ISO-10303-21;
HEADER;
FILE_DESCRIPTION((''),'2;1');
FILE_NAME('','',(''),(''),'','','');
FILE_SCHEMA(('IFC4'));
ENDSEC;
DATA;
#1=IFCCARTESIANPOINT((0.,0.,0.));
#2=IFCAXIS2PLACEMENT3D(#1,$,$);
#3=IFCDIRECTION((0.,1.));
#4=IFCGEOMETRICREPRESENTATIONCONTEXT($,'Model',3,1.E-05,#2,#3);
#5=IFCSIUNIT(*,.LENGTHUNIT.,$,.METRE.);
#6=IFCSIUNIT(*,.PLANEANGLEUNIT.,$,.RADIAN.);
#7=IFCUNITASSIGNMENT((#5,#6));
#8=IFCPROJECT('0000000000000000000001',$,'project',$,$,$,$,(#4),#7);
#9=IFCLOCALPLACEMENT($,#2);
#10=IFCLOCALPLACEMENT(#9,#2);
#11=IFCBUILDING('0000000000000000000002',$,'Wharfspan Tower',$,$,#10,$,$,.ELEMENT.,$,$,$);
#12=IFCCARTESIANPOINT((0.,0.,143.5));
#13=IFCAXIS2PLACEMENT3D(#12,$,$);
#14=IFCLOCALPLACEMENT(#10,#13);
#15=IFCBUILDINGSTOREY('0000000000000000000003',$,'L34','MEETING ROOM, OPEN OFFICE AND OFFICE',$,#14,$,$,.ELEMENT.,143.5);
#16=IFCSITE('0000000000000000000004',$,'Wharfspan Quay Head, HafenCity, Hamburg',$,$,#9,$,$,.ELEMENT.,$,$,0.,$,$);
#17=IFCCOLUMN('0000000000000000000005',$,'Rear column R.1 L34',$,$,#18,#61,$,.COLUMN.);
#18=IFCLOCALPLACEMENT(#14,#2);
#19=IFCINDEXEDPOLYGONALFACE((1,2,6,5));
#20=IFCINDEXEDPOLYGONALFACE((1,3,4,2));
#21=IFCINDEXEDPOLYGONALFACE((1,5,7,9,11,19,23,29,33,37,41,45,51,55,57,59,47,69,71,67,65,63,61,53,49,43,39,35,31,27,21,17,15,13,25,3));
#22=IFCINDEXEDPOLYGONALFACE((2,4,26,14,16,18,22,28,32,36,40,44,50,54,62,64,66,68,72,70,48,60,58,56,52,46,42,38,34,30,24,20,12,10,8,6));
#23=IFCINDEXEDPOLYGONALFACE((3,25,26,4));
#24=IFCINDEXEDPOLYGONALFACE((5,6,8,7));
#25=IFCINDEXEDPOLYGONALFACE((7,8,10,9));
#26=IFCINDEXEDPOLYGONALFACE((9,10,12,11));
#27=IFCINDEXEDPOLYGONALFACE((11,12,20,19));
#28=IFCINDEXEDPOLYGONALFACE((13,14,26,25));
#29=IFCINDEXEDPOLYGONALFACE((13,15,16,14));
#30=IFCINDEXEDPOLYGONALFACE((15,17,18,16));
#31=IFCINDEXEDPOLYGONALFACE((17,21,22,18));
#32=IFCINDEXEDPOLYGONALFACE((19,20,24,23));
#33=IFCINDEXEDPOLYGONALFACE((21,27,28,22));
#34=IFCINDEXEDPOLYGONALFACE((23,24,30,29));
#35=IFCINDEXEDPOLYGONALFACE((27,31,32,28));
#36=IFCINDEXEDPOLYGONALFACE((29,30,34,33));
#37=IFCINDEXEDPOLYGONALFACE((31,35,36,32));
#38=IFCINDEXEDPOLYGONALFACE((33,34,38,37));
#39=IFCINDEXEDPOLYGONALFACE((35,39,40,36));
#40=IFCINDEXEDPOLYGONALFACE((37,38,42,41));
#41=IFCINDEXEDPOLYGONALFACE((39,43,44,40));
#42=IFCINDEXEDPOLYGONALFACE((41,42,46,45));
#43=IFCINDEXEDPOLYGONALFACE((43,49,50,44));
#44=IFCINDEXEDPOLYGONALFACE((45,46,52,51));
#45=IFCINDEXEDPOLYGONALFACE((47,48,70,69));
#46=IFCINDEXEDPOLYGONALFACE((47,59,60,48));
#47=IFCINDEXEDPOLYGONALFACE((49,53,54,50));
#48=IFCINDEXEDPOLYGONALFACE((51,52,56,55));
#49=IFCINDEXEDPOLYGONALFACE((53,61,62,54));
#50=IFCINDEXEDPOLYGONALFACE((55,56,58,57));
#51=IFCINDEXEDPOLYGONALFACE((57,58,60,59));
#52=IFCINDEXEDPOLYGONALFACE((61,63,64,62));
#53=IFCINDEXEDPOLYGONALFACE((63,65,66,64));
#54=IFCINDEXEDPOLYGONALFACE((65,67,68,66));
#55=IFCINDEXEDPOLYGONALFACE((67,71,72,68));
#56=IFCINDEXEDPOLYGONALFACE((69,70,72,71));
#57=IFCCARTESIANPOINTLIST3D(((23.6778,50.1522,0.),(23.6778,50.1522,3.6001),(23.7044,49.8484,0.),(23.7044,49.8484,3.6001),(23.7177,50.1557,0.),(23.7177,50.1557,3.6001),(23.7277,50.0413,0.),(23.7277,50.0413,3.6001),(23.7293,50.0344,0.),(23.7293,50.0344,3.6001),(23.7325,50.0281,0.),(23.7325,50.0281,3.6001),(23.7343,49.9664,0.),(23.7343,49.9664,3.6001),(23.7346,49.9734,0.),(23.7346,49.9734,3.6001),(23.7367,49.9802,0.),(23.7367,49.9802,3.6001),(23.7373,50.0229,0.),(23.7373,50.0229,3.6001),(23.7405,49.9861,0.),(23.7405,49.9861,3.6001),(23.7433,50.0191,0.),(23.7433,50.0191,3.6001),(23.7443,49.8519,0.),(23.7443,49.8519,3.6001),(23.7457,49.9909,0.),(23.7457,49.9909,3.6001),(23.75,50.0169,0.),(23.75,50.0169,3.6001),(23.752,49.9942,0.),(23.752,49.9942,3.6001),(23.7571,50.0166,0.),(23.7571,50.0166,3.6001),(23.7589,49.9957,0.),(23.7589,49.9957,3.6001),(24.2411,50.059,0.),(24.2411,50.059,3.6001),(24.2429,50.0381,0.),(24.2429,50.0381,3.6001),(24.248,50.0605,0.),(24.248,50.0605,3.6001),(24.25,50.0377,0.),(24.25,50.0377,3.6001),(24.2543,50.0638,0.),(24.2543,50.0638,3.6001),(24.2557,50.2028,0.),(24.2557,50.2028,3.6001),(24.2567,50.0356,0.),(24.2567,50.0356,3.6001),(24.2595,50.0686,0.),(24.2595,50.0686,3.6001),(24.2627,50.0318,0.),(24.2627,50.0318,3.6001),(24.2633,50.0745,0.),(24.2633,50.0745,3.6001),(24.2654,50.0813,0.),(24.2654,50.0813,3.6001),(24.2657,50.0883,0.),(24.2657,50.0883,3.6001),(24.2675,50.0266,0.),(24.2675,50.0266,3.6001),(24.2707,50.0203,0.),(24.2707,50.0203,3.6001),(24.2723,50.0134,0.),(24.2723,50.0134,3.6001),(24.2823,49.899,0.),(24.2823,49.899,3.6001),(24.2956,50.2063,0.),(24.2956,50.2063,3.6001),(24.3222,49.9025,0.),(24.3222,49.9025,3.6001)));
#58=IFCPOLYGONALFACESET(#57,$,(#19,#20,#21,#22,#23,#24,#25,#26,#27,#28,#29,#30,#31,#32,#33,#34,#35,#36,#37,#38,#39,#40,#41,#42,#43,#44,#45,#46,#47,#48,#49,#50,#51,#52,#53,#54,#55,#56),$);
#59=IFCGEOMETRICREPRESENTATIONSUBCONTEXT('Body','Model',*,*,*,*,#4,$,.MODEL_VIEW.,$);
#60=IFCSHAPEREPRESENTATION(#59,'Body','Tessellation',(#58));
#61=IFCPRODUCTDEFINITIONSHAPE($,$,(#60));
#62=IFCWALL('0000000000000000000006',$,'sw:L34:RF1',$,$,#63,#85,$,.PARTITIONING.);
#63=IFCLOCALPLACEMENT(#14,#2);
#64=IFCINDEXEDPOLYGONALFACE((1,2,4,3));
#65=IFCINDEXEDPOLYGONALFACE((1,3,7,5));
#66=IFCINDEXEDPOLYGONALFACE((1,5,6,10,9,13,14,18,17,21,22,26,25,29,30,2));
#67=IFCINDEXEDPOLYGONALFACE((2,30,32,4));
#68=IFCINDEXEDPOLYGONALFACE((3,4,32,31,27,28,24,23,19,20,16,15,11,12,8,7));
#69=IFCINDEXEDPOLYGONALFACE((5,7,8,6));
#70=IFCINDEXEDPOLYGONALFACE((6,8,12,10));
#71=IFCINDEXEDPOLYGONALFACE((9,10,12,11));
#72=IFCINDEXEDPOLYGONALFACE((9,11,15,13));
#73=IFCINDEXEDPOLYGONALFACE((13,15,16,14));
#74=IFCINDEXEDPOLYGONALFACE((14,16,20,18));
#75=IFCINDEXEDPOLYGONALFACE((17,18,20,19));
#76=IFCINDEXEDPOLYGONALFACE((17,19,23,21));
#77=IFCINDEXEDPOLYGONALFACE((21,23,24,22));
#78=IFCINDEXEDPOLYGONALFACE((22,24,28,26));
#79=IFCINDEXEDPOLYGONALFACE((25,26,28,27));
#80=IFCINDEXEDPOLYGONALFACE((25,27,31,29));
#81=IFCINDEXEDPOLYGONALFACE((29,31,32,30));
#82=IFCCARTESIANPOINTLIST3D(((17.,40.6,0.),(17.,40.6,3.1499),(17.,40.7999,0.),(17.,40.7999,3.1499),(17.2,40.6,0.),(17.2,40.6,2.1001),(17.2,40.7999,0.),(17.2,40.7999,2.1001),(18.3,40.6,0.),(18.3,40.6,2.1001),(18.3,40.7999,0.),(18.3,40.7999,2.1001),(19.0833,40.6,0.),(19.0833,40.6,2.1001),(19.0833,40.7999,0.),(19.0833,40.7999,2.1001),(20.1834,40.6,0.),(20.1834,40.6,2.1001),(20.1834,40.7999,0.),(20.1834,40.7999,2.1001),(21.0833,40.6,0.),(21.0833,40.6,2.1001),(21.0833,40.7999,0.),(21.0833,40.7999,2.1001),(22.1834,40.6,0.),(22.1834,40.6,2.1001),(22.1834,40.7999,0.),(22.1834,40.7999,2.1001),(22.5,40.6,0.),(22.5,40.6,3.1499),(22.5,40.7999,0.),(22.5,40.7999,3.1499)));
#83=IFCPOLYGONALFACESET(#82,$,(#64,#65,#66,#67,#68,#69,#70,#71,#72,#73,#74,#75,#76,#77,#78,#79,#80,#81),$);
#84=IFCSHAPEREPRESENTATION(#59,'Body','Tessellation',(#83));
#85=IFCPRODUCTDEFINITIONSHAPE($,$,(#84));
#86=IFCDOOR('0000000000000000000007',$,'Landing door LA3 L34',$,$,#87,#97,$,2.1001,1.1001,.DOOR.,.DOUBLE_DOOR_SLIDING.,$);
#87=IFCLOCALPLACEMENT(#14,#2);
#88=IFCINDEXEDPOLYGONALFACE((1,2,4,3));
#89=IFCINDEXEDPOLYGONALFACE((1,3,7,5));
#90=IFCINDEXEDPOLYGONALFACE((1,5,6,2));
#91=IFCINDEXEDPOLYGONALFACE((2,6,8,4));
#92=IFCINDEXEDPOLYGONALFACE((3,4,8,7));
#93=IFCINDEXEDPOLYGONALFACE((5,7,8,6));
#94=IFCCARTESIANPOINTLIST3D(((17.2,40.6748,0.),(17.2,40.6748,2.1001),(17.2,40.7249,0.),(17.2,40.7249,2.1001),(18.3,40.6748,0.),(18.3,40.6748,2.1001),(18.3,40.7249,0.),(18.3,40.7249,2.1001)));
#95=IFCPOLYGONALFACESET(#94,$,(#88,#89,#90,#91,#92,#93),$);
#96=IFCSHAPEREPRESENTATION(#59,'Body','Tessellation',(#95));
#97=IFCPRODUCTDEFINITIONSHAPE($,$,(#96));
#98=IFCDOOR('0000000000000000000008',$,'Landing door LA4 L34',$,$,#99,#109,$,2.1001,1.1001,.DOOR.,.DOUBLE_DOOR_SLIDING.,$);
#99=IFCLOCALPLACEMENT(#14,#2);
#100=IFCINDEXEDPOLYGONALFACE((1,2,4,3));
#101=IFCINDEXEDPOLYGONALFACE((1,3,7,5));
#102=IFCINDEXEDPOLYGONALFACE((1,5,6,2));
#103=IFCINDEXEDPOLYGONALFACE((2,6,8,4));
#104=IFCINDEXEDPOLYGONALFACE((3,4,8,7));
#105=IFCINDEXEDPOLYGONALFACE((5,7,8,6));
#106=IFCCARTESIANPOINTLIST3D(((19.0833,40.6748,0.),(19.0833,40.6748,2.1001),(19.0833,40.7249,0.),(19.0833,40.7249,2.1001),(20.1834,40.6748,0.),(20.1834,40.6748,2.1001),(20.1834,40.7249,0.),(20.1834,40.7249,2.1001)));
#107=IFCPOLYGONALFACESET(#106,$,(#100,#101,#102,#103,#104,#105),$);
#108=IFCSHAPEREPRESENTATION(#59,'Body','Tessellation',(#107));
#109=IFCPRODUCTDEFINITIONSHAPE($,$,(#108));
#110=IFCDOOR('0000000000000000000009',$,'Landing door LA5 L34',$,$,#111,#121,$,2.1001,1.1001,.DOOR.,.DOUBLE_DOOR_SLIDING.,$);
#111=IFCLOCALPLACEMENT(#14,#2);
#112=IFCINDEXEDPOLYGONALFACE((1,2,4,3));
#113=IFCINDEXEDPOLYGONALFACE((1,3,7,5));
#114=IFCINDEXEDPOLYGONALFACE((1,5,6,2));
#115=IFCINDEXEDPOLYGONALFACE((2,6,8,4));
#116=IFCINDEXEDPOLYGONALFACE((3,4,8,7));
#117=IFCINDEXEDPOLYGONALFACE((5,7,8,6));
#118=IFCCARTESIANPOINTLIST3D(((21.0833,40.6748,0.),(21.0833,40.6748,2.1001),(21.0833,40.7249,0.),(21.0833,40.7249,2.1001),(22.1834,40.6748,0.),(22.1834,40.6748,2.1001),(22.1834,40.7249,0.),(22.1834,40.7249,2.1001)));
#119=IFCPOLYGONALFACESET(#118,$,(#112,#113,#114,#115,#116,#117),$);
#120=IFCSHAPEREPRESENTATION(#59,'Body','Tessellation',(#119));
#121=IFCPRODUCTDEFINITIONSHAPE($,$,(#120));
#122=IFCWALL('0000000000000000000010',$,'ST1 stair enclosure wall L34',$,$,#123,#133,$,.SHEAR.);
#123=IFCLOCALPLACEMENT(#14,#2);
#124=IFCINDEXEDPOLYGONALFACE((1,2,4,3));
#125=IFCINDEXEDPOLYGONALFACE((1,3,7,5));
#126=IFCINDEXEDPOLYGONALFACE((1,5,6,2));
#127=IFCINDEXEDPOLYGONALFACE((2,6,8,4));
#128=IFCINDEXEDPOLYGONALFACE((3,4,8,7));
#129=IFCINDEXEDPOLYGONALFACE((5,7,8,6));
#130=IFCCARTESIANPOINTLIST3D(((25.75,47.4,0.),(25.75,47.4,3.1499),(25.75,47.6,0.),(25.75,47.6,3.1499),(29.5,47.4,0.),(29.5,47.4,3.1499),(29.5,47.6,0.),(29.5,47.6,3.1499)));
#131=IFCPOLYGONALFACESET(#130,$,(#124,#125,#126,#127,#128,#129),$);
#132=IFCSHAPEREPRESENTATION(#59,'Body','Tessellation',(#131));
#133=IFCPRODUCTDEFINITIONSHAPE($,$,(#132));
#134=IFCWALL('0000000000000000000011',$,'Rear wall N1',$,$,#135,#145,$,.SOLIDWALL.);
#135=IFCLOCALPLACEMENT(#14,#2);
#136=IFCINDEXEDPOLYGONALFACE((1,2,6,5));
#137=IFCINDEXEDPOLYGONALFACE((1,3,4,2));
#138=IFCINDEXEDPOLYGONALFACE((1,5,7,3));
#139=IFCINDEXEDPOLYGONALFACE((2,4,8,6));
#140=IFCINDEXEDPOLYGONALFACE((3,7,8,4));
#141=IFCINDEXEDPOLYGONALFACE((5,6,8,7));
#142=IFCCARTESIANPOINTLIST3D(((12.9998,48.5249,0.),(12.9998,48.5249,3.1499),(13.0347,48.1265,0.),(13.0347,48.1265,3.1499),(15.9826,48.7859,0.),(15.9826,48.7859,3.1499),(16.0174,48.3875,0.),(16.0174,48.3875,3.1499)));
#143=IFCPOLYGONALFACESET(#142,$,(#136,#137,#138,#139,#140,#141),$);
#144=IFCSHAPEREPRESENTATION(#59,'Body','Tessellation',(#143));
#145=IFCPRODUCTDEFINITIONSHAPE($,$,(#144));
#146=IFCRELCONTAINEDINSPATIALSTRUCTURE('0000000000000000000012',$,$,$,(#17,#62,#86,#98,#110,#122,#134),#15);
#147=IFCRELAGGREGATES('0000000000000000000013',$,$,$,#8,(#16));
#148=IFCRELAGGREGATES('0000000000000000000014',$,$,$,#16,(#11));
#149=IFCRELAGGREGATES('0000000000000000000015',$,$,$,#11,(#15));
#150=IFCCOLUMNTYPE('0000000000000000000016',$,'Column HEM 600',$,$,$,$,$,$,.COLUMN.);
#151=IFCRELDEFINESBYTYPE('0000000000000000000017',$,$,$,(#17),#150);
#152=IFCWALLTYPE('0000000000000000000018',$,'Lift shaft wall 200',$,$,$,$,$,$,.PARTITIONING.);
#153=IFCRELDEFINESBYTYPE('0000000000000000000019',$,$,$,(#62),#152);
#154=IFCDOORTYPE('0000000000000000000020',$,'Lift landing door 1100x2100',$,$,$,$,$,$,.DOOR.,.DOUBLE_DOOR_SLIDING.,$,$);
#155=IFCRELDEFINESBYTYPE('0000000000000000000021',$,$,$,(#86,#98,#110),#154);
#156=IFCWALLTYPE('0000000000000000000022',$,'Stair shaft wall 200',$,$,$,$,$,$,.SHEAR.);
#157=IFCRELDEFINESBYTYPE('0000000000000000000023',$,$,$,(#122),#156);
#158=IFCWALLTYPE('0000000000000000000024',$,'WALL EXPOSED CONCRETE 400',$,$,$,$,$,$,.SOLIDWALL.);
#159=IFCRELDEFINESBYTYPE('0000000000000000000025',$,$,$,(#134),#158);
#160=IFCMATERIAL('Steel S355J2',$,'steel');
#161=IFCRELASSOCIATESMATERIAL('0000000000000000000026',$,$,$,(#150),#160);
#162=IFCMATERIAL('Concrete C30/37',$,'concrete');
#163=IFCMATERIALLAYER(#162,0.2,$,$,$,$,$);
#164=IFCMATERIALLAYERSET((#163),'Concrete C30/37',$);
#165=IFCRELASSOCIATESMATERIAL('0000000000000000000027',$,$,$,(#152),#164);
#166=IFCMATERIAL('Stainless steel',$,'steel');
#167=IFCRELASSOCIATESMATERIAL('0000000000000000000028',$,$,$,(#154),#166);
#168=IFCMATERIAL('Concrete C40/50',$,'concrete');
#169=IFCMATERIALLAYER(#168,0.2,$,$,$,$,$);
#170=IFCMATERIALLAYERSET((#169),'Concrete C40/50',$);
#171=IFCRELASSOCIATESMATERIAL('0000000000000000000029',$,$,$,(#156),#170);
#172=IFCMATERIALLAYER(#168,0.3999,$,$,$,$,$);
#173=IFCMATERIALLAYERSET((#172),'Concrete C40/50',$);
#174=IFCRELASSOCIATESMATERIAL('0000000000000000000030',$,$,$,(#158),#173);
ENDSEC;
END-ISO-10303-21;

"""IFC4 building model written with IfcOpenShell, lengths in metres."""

from ifc_helpers import new_model, si_unit, direction, frame, frame_2d, origin, origin_2d, place, context, subcontext, project, spatial, rectangle, i_section, extrude, material, layer, layer_set, material_profile, profile_set, type_object, element, fill, save


model = new_model("IFC4")

# Units and contexts
model_context = context("Model", 3, precision=1e-05, world=origin(), true_north=direction((0.0, 1.0)))
body_context = subcontext(model_context, "Body", "Model", "MODEL_VIEW")
ifc_project = project(units=[si_unit("LENGTHUNIT", "METRE"), si_unit("PLANEANGLEUNIT", "RADIAN")], contexts=[model_context])

# Site, building, storey
site_placement = place(None, origin())
site = spatial("IfcSite", under=ifc_project, at=site_placement, Name="Wharfspan Quay Head, HafenCity, Hamburg", CompositionType="ELEMENT", RefElevation=0.0)
building_placement = place(site_placement, origin())
building = spatial("IfcBuilding", under=site, at=building_placement, Name="Wharfspan Tower", CompositionType="ELEMENT")
storey_placement = place(building_placement, frame((0.0, 0.0, 143.5)))
storey = spatial("IfcBuildingStorey", under=building, at=storey_placement, Name="L34", Description="MEETING ROOM, OPEN OFFICE AND OFFICE", CompositionType="ELEMENT", Elevation=143.5)

# Column
ifc_material_1 = material(Name="Steel S355J2", Category="steel")
ifc_material_profile = material_profile(ifc_material_1, i_section(OverallWidth=0.3049, OverallDepth=0.6201, WebThickness=0.021, FlangeThickness=0.04, FilletRadius=0.0271, at=origin_2d()))
ifc_profile_set = profile_set([ifc_material_profile], Name="Steel S355J2")
column_type = type_object("IfcColumnType", Name="Column HEM 600", PredefinedType="COLUMN", material=ifc_profile_set)
column_placement = place(storey_placement, frame((24.0, 50.0273, 0.0), z_axis=(0.0, 0.0, 1.0), x_axis=(-0.087156, 0.996198, 0.0)))
element("IfcColumn", 1, at=column_placement, inside=storey, type_object=column_type, Name="Rear column R.1 L34", PredefinedType="COLUMN", context=body_context, shape_type="SweptSolid", body=[
    extrude(i_section(OverallWidth=0.3049, OverallDepth=0.6201, WebThickness=0.021, FlangeThickness=0.04, FilletRadius=0.0271, at=origin_2d()), origin(), (0.0, 0.0, 1.0), 3.6001),
])

# Wall, openings, doors
ifc_material_2 = material(Name="Concrete C30/37", Category="concrete")
ifc_layer_1 = layer(ifc_material_2, 0.2)
ifc_layer_set_1 = layer_set([ifc_layer_1], Name="Concrete C30/37")
wall_type_1 = type_object("IfcWallType", Name="Lift shaft wall 200", PredefinedType="PARTITIONING", material=ifc_layer_set_1)
wall_1_placement = place(storey_placement, frame((17.0, 40.7, 0.0), z_axis=(0.0, 0.0, 1.0), x_axis=(1.0, 0.0, 0.0)))
wall_1 = element("IfcWall", 2, at=wall_1_placement, inside=storey, type_object=wall_type_1, Name="sw:L34:RF1", PredefinedType="PARTITIONING", context=body_context, shape_type="SweptSolid", body=[
    extrude(rectangle(XDim=5.5, YDim=0.2, at=frame_2d((2.75, 0.0))), origin(), (0.0, 0.0, 1.0), 3.1499),
])
opening_1_placement = place(wall_1_placement, frame((0.2, 0.0, 0.0)))
opening_1 = element("IfcOpeningElement", 3, at=opening_1_placement, cuts=wall_1, PredefinedType="OPENING", context=body_context, shape_type="SweptSolid", body=[
    extrude(rectangle(XDim=1.1001, YDim=2.1001, at=frame_2d((0.55, 1.05))), frame((0.0, 0.1099, 0.0), z_axis=(0.0, -1.0, 0.0), x_axis=(1.0, 0.0, 0.0)), (0.0, 0.0, 1.0), 0.22),
])
opening_2_placement = place(wall_1_placement, frame((2.0833, 0.0, 0.0)))
opening_2 = element("IfcOpeningElement", 4, at=opening_2_placement, cuts=wall_1, PredefinedType="OPENING", context=body_context, shape_type="SweptSolid", body=[
    extrude(rectangle(XDim=1.1001, YDim=2.1001, at=frame_2d((0.55, 1.05))), frame((0.0, 0.1099, 0.0), z_axis=(0.0, -1.0, 0.0), x_axis=(1.0, 0.0, 0.0)), (0.0, 0.0, 1.0), 0.22),
])
opening_3_placement = place(wall_1_placement, frame((4.0833, 0.0, 0.0)))
opening_3 = element("IfcOpeningElement", 5, at=opening_3_placement, cuts=wall_1, PredefinedType="OPENING", context=body_context, shape_type="SweptSolid", body=[
    extrude(rectangle(XDim=1.1001, YDim=2.1001, at=frame_2d((0.55, 1.05))), frame((0.0, 0.1099, 0.0), z_axis=(0.0, -1.0, 0.0), x_axis=(1.0, 0.0, 0.0)), (0.0, 0.0, 1.0), 0.22),
])
ifc_material_3 = material(Name="Stainless steel", Category="steel")
door_type = type_object("IfcDoorType", Name="Lift landing door 1100x2100", OperationType="DOUBLE_DOOR_SLIDING", PredefinedType="DOOR", material=ifc_material_3)
door_1_placement = place(opening_1_placement, origin())
door_1 = element("IfcDoor", 6, at=door_1_placement, inside=storey, type_object=door_type, Name="Landing door LA3 L34", OperationType="DOUBLE_DOOR_SLIDING", OverallHeight=2.1001, OverallWidth=1.1001, PredefinedType="DOOR", context=body_context, shape_type="SweptSolid", body=[
    extrude(rectangle(XDim=1.1001, YDim=2.1001, at=frame_2d((0.55, 1.05))), frame((0.0, 0.0249, 0.0), z_axis=(0.0, -1.0, 0.0), x_axis=(1.0, 0.0, 0.0)), (0.0, 0.0, 1.0), 0.05),
])
fill(opening_1, door_1)
door_2_placement = place(opening_2_placement, origin())
door_2 = element("IfcDoor", 7, at=door_2_placement, inside=storey, type_object=door_type, Name="Landing door LA4 L34", OperationType="DOUBLE_DOOR_SLIDING", OverallHeight=2.1001, OverallWidth=1.1001, PredefinedType="DOOR", context=body_context, shape_type="SweptSolid", body=[
    extrude(rectangle(XDim=1.1001, YDim=2.1001, at=frame_2d((0.55, 1.05))), frame((0.0, 0.0249, 0.0), z_axis=(0.0, -1.0, 0.0), x_axis=(1.0, 0.0, 0.0)), (0.0, 0.0, 1.0), 0.05),
])
fill(opening_2, door_2)
door_3_placement = place(opening_3_placement, origin())
door_3 = element("IfcDoor", 8, at=door_3_placement, inside=storey, type_object=door_type, Name="Landing door LA5 L34", OperationType="DOUBLE_DOOR_SLIDING", OverallHeight=2.1001, OverallWidth=1.1001, PredefinedType="DOOR", context=body_context, shape_type="SweptSolid", body=[
    extrude(rectangle(XDim=1.1001, YDim=2.1001, at=frame_2d((0.55, 1.05))), frame((0.0, 0.0249, 0.0), z_axis=(0.0, -1.0, 0.0), x_axis=(1.0, 0.0, 0.0)), (0.0, 0.0, 1.0), 0.05),
])
fill(opening_3, door_3)

# Walls
ifc_material_4 = material(Name="Concrete C40/50", Category="concrete")
ifc_layer_2 = layer(ifc_material_4, 0.2)
ifc_layer_set_2 = layer_set([ifc_layer_2], Name="Concrete C40/50")
wall_type_2 = type_object("IfcWallType", Name="Stair shaft wall 200", PredefinedType="SHEAR", material=ifc_layer_set_2)
wall_2_placement = place(storey_placement, frame((25.75, 47.5, 0.0), z_axis=(0.0, 0.0, 1.0), x_axis=(1.0, 0.0, 0.0)))
element("IfcWall", 9, at=wall_2_placement, inside=storey, type_object=wall_type_2, Name="ST1 stair enclosure wall L34", PredefinedType="SHEAR", context=body_context, shape_type="SweptSolid", body=[
    extrude(rectangle(XDim=3.75, YDim=0.2, at=frame_2d((1.875, 0.0))), origin(), (0.0, 0.0, 1.0), 3.1499),
])
ifc_layer_3 = layer(ifc_material_4, 0.3999)
ifc_layer_set_3 = layer_set([ifc_layer_3], Name="Concrete C40/50")
wall_type_3 = type_object("IfcWallType", Name="WALL EXPOSED CONCRETE 400", PredefinedType="SOLIDWALL", material=ifc_layer_set_3)
wall_3_placement = place(storey_placement, frame((16.0, 48.5867, 0.0), z_axis=(0.0, 0.0, 1.0), x_axis=(-0.996194, -0.087168, 0.0)))
element("IfcWall", 10, at=wall_3_placement, inside=storey, type_object=wall_type_3, Name="Rear wall N1", PredefinedType="SOLIDWALL", context=body_context, shape_type="SweptSolid", body=[
    extrude(rectangle(XDim=2.9941, YDim=0.3999, at=frame_2d((1.4971, 0.0))), origin(), (0.0, 0.0, 1.0), 3.1499),
])

save(model, "model.ifc")
